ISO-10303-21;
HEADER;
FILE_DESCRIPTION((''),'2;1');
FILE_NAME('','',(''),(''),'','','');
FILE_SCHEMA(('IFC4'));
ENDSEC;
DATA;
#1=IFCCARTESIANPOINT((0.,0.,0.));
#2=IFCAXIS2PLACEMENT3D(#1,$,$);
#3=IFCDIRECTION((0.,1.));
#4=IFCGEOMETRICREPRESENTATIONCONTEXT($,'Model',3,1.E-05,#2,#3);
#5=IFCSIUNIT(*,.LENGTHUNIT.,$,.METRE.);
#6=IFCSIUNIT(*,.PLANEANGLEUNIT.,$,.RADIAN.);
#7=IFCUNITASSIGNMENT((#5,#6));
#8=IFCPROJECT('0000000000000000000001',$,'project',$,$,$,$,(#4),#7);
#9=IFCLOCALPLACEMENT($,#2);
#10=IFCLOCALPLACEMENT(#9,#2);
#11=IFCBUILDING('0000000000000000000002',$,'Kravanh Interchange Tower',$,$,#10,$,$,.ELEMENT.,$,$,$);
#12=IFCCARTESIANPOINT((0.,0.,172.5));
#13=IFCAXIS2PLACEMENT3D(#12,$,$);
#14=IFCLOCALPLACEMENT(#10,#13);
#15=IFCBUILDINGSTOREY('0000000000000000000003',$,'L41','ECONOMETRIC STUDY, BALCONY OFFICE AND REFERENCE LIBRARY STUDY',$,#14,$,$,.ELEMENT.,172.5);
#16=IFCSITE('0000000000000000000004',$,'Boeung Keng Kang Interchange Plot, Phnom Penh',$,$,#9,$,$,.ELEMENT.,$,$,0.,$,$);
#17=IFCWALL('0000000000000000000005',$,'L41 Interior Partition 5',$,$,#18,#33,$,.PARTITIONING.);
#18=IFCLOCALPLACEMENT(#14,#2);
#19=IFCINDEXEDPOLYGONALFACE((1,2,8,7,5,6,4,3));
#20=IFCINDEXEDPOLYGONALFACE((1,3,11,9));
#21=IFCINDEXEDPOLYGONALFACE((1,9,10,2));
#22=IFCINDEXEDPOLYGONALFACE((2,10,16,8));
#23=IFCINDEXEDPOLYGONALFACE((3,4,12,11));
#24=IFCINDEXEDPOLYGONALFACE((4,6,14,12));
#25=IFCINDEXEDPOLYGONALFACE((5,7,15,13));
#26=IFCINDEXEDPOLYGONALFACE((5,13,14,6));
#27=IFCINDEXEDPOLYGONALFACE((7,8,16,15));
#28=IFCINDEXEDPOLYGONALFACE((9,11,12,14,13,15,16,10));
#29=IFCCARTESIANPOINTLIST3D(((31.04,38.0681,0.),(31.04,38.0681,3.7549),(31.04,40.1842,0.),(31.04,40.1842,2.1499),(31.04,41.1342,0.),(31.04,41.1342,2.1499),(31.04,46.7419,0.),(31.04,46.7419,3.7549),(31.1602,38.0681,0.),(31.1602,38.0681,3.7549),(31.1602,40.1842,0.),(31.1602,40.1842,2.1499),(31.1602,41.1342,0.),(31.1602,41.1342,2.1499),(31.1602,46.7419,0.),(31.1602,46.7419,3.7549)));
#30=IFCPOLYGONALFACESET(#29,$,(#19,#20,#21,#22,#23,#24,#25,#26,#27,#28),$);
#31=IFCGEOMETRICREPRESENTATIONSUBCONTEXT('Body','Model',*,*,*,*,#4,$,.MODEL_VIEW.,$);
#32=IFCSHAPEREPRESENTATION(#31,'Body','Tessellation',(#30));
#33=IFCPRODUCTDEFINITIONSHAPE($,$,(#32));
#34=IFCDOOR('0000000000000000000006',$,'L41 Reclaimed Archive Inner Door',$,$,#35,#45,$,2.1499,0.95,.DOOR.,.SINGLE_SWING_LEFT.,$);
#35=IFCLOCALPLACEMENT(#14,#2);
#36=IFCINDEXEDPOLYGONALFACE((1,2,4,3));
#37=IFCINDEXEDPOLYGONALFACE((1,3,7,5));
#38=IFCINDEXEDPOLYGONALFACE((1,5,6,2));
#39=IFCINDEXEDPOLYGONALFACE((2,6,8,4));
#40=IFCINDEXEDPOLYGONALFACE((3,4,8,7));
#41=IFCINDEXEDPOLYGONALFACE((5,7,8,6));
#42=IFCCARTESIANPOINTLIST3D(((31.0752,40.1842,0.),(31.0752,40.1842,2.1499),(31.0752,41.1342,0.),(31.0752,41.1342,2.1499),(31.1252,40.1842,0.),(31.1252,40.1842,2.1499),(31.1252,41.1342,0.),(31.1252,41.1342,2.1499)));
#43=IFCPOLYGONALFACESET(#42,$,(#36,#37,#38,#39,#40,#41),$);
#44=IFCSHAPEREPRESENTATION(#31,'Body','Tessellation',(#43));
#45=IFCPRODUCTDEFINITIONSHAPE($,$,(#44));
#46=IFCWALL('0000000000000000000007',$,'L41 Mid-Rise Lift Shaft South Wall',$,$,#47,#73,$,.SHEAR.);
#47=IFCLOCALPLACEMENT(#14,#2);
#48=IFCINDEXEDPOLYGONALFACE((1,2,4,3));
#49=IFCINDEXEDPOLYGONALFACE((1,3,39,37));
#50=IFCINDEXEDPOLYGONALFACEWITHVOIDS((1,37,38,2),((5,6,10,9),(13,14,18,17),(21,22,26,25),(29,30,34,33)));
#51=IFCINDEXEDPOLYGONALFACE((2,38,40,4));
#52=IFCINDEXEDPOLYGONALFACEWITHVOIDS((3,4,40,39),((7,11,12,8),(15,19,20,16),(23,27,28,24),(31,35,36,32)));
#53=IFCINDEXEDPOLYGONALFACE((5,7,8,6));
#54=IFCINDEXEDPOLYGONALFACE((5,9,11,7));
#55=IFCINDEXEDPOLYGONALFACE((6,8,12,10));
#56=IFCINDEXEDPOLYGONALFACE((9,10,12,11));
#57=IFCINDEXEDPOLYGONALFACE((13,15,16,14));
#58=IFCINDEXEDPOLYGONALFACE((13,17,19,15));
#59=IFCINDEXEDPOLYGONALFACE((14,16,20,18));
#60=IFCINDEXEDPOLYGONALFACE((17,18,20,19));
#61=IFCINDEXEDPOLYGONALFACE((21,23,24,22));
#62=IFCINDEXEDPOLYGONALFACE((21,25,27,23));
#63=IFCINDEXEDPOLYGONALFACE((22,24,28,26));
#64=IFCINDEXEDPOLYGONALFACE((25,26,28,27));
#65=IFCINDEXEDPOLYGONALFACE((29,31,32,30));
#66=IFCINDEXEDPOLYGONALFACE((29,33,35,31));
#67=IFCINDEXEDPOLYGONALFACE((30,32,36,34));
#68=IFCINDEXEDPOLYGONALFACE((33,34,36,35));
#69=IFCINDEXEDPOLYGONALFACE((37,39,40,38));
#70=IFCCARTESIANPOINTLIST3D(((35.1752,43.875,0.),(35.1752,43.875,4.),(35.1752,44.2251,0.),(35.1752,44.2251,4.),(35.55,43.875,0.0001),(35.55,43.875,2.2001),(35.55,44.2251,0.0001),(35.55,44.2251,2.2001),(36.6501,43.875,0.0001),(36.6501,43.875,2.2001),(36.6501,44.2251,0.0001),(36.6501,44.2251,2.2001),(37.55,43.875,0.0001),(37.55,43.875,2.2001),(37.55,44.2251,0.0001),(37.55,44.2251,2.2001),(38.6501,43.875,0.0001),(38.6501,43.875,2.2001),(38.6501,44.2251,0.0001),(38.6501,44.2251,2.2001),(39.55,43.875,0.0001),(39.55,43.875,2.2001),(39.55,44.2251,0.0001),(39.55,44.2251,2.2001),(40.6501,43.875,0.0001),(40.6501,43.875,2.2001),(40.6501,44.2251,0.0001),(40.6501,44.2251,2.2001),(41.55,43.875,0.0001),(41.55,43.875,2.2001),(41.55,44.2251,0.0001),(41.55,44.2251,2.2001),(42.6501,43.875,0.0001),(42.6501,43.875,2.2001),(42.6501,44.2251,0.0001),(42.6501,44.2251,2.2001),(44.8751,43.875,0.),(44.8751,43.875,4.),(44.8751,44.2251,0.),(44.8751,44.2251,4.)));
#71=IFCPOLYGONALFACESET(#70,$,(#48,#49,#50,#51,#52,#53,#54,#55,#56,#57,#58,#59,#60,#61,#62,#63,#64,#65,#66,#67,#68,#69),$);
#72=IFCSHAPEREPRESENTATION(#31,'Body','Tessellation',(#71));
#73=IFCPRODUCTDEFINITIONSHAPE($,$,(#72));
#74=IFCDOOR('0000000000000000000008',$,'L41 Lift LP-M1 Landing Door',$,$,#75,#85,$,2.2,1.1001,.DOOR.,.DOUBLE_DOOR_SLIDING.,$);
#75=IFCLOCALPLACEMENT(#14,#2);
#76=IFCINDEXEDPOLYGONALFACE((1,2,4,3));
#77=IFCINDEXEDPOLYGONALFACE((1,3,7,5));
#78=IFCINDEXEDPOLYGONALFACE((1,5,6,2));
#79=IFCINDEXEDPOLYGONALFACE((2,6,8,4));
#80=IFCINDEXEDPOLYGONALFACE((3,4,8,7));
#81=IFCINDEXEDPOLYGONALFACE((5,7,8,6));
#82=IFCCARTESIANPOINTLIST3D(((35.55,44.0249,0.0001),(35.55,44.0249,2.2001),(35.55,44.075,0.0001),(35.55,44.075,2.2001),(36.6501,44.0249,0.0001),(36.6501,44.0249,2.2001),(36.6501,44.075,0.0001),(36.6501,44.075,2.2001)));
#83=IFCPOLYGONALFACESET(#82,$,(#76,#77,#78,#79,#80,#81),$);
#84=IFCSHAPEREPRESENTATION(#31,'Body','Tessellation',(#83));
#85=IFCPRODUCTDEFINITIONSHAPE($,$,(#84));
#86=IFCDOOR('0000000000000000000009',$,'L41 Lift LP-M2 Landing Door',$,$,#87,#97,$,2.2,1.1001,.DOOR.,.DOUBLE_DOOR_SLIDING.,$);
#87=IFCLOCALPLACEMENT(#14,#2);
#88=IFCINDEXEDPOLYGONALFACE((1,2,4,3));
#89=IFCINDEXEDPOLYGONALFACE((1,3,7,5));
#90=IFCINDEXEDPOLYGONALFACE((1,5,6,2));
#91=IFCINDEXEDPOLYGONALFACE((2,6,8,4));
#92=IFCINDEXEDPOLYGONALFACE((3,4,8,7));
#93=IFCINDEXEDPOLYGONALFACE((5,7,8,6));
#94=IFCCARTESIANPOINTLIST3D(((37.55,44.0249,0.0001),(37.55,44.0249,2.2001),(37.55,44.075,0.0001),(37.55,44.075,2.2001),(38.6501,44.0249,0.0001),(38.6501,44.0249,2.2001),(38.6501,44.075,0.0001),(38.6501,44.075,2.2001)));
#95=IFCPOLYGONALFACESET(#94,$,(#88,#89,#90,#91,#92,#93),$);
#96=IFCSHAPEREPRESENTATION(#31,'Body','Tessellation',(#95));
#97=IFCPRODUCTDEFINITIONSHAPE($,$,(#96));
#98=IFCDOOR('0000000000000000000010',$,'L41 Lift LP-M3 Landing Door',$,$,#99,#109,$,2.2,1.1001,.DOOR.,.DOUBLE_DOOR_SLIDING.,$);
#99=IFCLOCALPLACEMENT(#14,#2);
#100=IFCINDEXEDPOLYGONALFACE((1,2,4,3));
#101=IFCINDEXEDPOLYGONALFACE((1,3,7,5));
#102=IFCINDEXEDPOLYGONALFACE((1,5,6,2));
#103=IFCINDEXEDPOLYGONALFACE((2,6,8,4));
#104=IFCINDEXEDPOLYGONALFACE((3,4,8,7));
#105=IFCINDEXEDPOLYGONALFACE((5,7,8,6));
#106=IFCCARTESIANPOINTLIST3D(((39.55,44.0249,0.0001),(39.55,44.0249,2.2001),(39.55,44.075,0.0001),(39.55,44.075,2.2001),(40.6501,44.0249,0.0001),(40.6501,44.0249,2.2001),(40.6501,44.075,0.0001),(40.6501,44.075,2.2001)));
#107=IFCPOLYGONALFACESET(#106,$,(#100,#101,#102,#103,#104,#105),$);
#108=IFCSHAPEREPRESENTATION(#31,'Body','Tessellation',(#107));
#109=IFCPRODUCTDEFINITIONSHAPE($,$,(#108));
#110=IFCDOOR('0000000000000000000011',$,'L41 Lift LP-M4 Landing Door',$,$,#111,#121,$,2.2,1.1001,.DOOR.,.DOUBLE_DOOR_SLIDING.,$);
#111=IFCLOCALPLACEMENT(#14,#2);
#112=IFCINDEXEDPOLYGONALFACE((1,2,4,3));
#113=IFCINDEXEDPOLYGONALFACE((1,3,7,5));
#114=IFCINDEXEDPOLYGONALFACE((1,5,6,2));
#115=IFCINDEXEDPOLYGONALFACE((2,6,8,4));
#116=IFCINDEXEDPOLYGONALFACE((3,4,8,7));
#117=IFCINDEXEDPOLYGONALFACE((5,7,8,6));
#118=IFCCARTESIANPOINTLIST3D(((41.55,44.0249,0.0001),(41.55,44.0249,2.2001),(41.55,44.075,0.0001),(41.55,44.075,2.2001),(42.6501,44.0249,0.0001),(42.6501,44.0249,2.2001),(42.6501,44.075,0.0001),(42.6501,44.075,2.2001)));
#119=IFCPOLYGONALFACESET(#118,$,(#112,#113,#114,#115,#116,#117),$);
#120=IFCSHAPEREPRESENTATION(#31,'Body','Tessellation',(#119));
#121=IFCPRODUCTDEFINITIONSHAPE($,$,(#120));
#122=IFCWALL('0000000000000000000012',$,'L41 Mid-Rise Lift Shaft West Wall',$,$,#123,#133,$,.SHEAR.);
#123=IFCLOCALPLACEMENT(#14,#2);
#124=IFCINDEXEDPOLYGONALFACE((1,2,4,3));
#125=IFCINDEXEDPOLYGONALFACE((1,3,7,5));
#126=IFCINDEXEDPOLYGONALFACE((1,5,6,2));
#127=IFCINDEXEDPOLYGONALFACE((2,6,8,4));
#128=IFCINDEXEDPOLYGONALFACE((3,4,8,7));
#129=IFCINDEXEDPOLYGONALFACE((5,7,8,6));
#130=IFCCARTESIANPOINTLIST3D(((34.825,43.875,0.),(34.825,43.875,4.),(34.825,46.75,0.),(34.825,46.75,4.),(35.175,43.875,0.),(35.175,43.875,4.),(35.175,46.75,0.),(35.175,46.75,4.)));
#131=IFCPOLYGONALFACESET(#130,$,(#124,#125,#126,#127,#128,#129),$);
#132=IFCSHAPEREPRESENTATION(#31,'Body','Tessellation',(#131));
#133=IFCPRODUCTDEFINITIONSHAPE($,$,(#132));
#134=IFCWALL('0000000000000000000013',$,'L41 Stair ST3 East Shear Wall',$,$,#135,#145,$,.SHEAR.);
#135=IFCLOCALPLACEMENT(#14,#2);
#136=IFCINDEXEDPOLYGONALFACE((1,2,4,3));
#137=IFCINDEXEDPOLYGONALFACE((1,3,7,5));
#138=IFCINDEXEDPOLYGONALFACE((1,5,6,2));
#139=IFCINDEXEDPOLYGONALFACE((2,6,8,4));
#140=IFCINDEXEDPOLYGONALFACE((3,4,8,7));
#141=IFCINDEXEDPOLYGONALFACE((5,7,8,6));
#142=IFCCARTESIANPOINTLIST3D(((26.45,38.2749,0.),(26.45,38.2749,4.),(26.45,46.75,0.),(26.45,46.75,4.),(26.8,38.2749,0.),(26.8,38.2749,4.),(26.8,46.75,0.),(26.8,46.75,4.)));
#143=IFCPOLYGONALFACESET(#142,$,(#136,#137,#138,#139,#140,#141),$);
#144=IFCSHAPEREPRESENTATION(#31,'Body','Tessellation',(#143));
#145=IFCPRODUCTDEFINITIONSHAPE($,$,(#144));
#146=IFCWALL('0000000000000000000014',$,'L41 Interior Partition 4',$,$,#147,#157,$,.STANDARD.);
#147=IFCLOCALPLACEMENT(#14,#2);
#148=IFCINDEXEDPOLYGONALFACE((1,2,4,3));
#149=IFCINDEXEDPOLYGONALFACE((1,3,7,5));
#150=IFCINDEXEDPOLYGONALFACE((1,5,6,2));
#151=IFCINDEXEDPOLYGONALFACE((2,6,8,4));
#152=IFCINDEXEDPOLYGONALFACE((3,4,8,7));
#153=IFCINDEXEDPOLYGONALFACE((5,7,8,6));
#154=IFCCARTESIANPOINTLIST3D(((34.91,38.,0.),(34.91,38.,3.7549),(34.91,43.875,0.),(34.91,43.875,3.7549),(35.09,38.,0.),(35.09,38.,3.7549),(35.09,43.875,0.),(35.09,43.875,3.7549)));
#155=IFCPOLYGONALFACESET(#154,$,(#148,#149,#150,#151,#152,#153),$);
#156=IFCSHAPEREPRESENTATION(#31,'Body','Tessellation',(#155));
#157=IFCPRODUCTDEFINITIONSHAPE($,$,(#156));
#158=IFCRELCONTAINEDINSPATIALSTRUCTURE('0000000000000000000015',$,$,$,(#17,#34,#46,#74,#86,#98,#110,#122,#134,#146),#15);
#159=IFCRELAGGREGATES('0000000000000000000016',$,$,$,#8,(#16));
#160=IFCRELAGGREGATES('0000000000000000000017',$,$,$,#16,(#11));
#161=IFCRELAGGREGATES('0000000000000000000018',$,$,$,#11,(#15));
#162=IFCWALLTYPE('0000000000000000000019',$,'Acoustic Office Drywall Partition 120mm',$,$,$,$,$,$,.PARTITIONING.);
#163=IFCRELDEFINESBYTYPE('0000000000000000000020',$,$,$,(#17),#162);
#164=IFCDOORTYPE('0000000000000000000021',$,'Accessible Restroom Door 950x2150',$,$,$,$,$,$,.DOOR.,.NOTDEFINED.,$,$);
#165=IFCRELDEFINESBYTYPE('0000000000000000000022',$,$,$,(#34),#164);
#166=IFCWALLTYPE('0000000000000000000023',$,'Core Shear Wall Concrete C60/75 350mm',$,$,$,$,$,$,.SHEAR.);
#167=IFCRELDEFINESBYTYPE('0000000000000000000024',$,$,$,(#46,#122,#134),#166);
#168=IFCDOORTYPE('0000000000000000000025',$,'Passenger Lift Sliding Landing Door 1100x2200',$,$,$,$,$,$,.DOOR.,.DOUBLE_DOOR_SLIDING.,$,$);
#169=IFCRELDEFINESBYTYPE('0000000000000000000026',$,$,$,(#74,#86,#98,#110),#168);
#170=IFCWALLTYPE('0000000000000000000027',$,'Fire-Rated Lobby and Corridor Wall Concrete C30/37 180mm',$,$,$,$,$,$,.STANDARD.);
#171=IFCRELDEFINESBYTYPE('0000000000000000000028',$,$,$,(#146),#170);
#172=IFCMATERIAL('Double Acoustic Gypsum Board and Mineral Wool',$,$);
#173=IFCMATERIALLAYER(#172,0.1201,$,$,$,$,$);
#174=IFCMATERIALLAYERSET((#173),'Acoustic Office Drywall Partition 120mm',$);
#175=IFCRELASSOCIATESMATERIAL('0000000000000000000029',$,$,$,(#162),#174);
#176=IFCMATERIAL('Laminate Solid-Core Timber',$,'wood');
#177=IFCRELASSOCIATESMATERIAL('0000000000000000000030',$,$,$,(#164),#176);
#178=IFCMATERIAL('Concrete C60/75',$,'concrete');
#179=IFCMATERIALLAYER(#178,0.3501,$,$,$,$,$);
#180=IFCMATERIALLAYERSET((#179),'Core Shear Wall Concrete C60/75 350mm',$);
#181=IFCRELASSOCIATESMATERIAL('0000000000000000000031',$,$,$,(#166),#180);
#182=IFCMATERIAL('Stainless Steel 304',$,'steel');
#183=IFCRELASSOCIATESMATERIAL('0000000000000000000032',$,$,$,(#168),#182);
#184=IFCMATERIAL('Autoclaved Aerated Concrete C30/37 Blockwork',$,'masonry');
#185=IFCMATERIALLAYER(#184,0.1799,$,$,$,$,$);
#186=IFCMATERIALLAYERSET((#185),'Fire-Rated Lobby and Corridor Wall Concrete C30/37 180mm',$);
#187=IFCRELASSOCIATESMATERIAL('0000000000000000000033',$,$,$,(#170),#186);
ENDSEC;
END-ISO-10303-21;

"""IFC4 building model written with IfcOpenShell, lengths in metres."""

from ifc_helpers import new_model, si_unit, direction, frame, frame_2d, origin, place, context, subcontext, project, spatial, rectangle, extrude, material, layer, layer_set, type_object, element, fill, save


model = new_model("IFC4")

# Units and contexts
model_context = context("Model", 3, precision=1e-05, world=origin(), true_north=direction((0.0, 1.0)))
body_context = subcontext(model_context, "Body", "Model", "MODEL_VIEW")
ifc_project = project(units=[si_unit("LENGTHUNIT", "METRE"), si_unit("PLANEANGLEUNIT", "RADIAN")], contexts=[model_context])

# Site, building, storey
site_placement = place(None, origin())
site = spatial("IfcSite", under=ifc_project, at=site_placement, Name="Boeung Keng Kang Interchange Plot, Phnom Penh", CompositionType="ELEMENT", RefElevation=0.0)
building_placement = place(site_placement, origin())
building = spatial("IfcBuilding", under=site, at=building_placement, Name="Kravanh Interchange Tower", CompositionType="ELEMENT")
storey_placement = place(building_placement, frame((0.0, 0.0, 172.5)))
storey = spatial("IfcBuildingStorey", under=building, at=storey_placement, Name="L41", Description="ECONOMETRIC STUDY, BALCONY OFFICE AND REFERENCE LIBRARY STUDY", CompositionType="ELEMENT", Elevation=172.5)

# Wall, opening, door
ifc_material_1 = material(Name="Double Acoustic Gypsum Board and Mineral Wool")
ifc_layer_1 = layer(ifc_material_1, 0.1201)
ifc_layer_set_1 = layer_set([ifc_layer_1], Name="Acoustic Office Drywall Partition 120mm")
wall_type_1 = type_object("IfcWallType", Name="Acoustic Office Drywall Partition 120mm", PredefinedType="PARTITIONING", material=ifc_layer_set_1)
wall_1_placement = place(storey_placement, frame((31.1001, 38.0681, 0.0), z_axis=(0.0, 0.0, 1.0), x_axis=(0.0, 1.0, 0.0)))
wall_1 = element("IfcWall", 1, at=wall_1_placement, inside=storey, type_object=wall_type_1, Name="L41 Interior Partition 5", PredefinedType="PARTITIONING", context=body_context, shape_type="SweptSolid", body=[
    extrude(rectangle(XDim=8.6738, YDim=0.1201, at=frame_2d((4.3369, 0.0))), origin(), (0.0, 0.0, 1.0), 3.7549),
])
opening_1_placement = place(wall_1_placement, frame((2.116, 0.0, 0.0)))
opening_1 = element("IfcOpeningElement", 2, at=opening_1_placement, cuts=wall_1, PredefinedType="OPENING", context=body_context, shape_type="SweptSolid", body=[
    extrude(rectangle(XDim=0.95, YDim=2.1499, at=frame_2d((0.4751, 1.075))), frame((0.0, 0.0701, 0.0), z_axis=(0.0, -1.0, 0.0), x_axis=(1.0, 0.0, 0.0)), (0.0, 0.0, 1.0), 0.1401),
])
ifc_material_2 = material(Name="Laminate Solid-Core Timber", Category="wood")
door_type_1 = type_object("IfcDoorType", Name="Accessible Restroom Door 950x2150", OperationType="NOTDEFINED", PredefinedType="DOOR", material=ifc_material_2)
door_1_placement = place(opening_1_placement, origin())
door_1 = element("IfcDoor", 3, at=door_1_placement, inside=storey, type_object=door_type_1, Name="L41 Reclaimed Archive Inner Door", OperationType="SINGLE_SWING_LEFT", OverallHeight=2.1499, OverallWidth=0.95, PredefinedType="DOOR", context=body_context, shape_type="SweptSolid", body=[
    extrude(rectangle(XDim=0.95, YDim=2.1499, at=frame_2d((0.4751, 1.075))), frame((0.0, 0.0249, 0.0), z_axis=(0.0, -1.0, 0.0), x_axis=(1.0, 0.0, 0.0)), (0.0, 0.0, 1.0), 0.05),
])
fill(opening_1, door_1)

# Wall, openings, doors
ifc_material_3 = material(Name="Concrete C60/75", Category="concrete")
ifc_layer_2 = layer(ifc_material_3, 0.3501)
ifc_layer_set_2 = layer_set([ifc_layer_2], Name="Core Shear Wall Concrete C60/75 350mm")
wall_type_2 = type_object("IfcWallType", Name="Core Shear Wall Concrete C60/75 350mm", PredefinedType="SHEAR", material=ifc_layer_set_2)
wall_2_placement = place(storey_placement, frame((35.175, 44.05, 0.0), z_axis=(0.0, 0.0, 1.0), x_axis=(1.0, 0.0, 0.0)))
wall_2 = element("IfcWall", 4, at=wall_2_placement, inside=storey, type_object=wall_type_2, Name="L41 Mid-Rise Lift Shaft South Wall", PredefinedType="SHEAR", context=body_context, shape_type="SweptSolid", body=[
    extrude(rectangle(XDim=9.7, YDim=0.3501, at=frame_2d((4.8501, 0.0))), origin(), (0.0, 0.0, 1.0), 4.0),
])
opening_2_placement = place(wall_2_placement, frame((0.375, 0.0, 0.0)))
opening_2 = element("IfcOpeningElement", 5, at=opening_2_placement, cuts=wall_2, PredefinedType="OPENING", context=body_context, shape_type="SweptSolid", body=[
    extrude(rectangle(XDim=1.1001, YDim=2.2, at=frame_2d((0.55, 1.1001))), frame((0.0, 0.1851, 0.0), z_axis=(0.0, -1.0, 0.0), x_axis=(1.0, 0.0, 0.0)), (0.0, 0.0, 1.0), 0.3701),
])
opening_3_placement = place(wall_2_placement, frame((2.375, 0.0, 0.0)))
opening_3 = element("IfcOpeningElement", 6, at=opening_3_placement, cuts=wall_2, PredefinedType="OPENING", context=body_context, shape_type="SweptSolid", body=[
    extrude(rectangle(XDim=1.1001, YDim=2.2, at=frame_2d((0.55, 1.1001))), frame((0.0, 0.1851, 0.0), z_axis=(0.0, -1.0, 0.0), x_axis=(1.0, 0.0, 0.0)), (0.0, 0.0, 1.0), 0.3701),
])
opening_4_placement = place(wall_2_placement, frame((4.375, 0.0, 0.0)))
opening_4 = element("IfcOpeningElement", 7, at=opening_4_placement, cuts=wall_2, PredefinedType="OPENING", context=body_context, shape_type="SweptSolid", body=[
    extrude(rectangle(XDim=1.1001, YDim=2.2, at=frame_2d((0.55, 1.1001))), frame((0.0, 0.1851, 0.0), z_axis=(0.0, -1.0, 0.0), x_axis=(1.0, 0.0, 0.0)), (0.0, 0.0, 1.0), 0.3701),
])
opening_5_placement = place(wall_2_placement, frame((6.375, 0.0, 0.0)))
opening_5 = element("IfcOpeningElement", 8, at=opening_5_placement, cuts=wall_2, PredefinedType="OPENING", context=body_context, shape_type="SweptSolid", body=[
    extrude(rectangle(XDim=1.1001, YDim=2.2, at=frame_2d((0.55, 1.1001))), frame((0.0, 0.1851, 0.0), z_axis=(0.0, -1.0, 0.0), x_axis=(1.0, 0.0, 0.0)), (0.0, 0.0, 1.0), 0.3701),
])
ifc_material_4 = material(Name="Stainless Steel 304", Category="steel")
door_type_2 = type_object("IfcDoorType", Name="Passenger Lift Sliding Landing Door 1100x2200", OperationType="DOUBLE_DOOR_SLIDING", PredefinedType="DOOR", material=ifc_material_4)
door_2_placement = place(opening_2_placement, origin())
door_2 = element("IfcDoor", 9, at=door_2_placement, inside=storey, type_object=door_type_2, Name="L41 Lift LP-M1 Landing Door", OperationType="DOUBLE_DOOR_SLIDING", OverallHeight=2.2, OverallWidth=1.1001, PredefinedType="DOOR", context=body_context, shape_type="SweptSolid", body=[
    extrude(rectangle(XDim=1.1001, YDim=2.2, at=frame_2d((0.55, 1.1001))), frame((0.0, 0.0249, 0.0), z_axis=(0.0, -1.0, 0.0), x_axis=(1.0, 0.0, 0.0)), (0.0, 0.0, 1.0), 0.05),
])
fill(opening_2, door_2)
door_3_placement = place(opening_3_placement, origin())
door_3 = element("IfcDoor", 10, at=door_3_placement, inside=storey, type_object=door_type_2, Name="L41 Lift LP-M2 Landing Door", OperationType="DOUBLE_DOOR_SLIDING", OverallHeight=2.2, OverallWidth=1.1001, PredefinedType="DOOR", context=body_context, shape_type="SweptSolid", body=[
    extrude(rectangle(XDim=1.1001, YDim=2.2, at=frame_2d((0.55, 1.1001))), frame((0.0, 0.0249, 0.0), z_axis=(0.0, -1.0, 0.0), x_axis=(1.0, 0.0, 0.0)), (0.0, 0.0, 1.0), 0.05),
])
fill(opening_3, door_3)
door_4_placement = place(opening_4_placement, origin())
door_4 = element("IfcDoor", 11, at=door_4_placement, inside=storey, type_object=door_type_2, Name="L41 Lift LP-M3 Landing Door", OperationType="DOUBLE_DOOR_SLIDING", OverallHeight=2.2, OverallWidth=1.1001, PredefinedType="DOOR", context=body_context, shape_type="SweptSolid", body=[
    extrude(rectangle(XDim=1.1001, YDim=2.2, at=frame_2d((0.55, 1.1001))), frame((0.0, 0.0249, 0.0), z_axis=(0.0, -1.0, 0.0), x_axis=(1.0, 0.0, 0.0)), (0.0, 0.0, 1.0), 0.05),
])
fill(opening_4, door_4)
door_5_placement = place(opening_5_placement, origin())
door_5 = element("IfcDoor", 12, at=door_5_placement, inside=storey, type_object=door_type_2, Name="L41 Lift LP-M4 Landing Door", OperationType="DOUBLE_DOOR_SLIDING", OverallHeight=2.2, OverallWidth=1.1001, PredefinedType="DOOR", context=body_context, shape_type="SweptSolid", body=[
    extrude(rectangle(XDim=1.1001, YDim=2.2, at=frame_2d((0.55, 1.1001))), frame((0.0, 0.0249, 0.0), z_axis=(0.0, -1.0, 0.0), x_axis=(1.0, 0.0, 0.0)), (0.0, 0.0, 1.0), 0.05),
])
fill(opening_5, door_5)

# Walls
wall_3_placement = place(storey_placement, frame((35.0, 43.875, 0.0), z_axis=(0.0, 0.0, 1.0), x_axis=(0.0, 1.0, 0.0)))
element("IfcWall", 13, at=wall_3_placement, inside=storey, type_object=wall_type_2, Name="L41 Mid-Rise Lift Shaft West Wall", PredefinedType="SHEAR", context=body_context, shape_type="SweptSolid", body=[
    extrude(rectangle(XDim=2.875, YDim=0.3501, at=frame_2d((1.4375, 0.0))), origin(), (0.0, 0.0, 1.0), 4.0),
])
wall_4_placement = place(storey_placement, frame((26.625, 38.2749, 0.0), z_axis=(0.0, 0.0, 1.0), x_axis=(0.0, 1.0, 0.0)))
element("IfcWall", 14, at=wall_4_placement, inside=storey, type_object=wall_type_2, Name="L41 Stair ST3 East Shear Wall", PredefinedType="SHEAR", context=body_context, shape_type="SweptSolid", body=[
    extrude(rectangle(XDim=8.4751, YDim=0.3501, at=frame_2d((4.2375, 0.0))), origin(), (0.0, 0.0, 1.0), 4.0),
])
ifc_material_5 = material(Name="Autoclaved Aerated Concrete C30/37 Blockwork", Category="masonry")
ifc_layer_3 = layer(ifc_material_5, 0.1799)
ifc_layer_set_3 = layer_set([ifc_layer_3], Name="Fire-Rated Lobby and Corridor Wall Concrete C30/37 180mm")
wall_type_3 = type_object("IfcWallType", Name="Fire-Rated Lobby and Corridor Wall Concrete C30/37 180mm", PredefinedType="STANDARD", material=ifc_layer_set_3)
wall_5_placement = place(storey_placement, frame((35.0, 38.0, 0.0), z_axis=(0.0, 0.0, 1.0), x_axis=(0.0, 1.0, 0.0)))
element("IfcWall", 15, at=wall_5_placement, inside=storey, type_object=wall_type_3, Name="L41 Interior Partition 4", PredefinedType="STANDARD", context=body_context, shape_type="SweptSolid", body=[
    extrude(rectangle(XDim=5.875, YDim=0.1799, at=frame_2d((2.9375, 0.0))), origin(), (0.0, 0.0, 1.0), 3.7549),
])

save(model, "model.ifc")
